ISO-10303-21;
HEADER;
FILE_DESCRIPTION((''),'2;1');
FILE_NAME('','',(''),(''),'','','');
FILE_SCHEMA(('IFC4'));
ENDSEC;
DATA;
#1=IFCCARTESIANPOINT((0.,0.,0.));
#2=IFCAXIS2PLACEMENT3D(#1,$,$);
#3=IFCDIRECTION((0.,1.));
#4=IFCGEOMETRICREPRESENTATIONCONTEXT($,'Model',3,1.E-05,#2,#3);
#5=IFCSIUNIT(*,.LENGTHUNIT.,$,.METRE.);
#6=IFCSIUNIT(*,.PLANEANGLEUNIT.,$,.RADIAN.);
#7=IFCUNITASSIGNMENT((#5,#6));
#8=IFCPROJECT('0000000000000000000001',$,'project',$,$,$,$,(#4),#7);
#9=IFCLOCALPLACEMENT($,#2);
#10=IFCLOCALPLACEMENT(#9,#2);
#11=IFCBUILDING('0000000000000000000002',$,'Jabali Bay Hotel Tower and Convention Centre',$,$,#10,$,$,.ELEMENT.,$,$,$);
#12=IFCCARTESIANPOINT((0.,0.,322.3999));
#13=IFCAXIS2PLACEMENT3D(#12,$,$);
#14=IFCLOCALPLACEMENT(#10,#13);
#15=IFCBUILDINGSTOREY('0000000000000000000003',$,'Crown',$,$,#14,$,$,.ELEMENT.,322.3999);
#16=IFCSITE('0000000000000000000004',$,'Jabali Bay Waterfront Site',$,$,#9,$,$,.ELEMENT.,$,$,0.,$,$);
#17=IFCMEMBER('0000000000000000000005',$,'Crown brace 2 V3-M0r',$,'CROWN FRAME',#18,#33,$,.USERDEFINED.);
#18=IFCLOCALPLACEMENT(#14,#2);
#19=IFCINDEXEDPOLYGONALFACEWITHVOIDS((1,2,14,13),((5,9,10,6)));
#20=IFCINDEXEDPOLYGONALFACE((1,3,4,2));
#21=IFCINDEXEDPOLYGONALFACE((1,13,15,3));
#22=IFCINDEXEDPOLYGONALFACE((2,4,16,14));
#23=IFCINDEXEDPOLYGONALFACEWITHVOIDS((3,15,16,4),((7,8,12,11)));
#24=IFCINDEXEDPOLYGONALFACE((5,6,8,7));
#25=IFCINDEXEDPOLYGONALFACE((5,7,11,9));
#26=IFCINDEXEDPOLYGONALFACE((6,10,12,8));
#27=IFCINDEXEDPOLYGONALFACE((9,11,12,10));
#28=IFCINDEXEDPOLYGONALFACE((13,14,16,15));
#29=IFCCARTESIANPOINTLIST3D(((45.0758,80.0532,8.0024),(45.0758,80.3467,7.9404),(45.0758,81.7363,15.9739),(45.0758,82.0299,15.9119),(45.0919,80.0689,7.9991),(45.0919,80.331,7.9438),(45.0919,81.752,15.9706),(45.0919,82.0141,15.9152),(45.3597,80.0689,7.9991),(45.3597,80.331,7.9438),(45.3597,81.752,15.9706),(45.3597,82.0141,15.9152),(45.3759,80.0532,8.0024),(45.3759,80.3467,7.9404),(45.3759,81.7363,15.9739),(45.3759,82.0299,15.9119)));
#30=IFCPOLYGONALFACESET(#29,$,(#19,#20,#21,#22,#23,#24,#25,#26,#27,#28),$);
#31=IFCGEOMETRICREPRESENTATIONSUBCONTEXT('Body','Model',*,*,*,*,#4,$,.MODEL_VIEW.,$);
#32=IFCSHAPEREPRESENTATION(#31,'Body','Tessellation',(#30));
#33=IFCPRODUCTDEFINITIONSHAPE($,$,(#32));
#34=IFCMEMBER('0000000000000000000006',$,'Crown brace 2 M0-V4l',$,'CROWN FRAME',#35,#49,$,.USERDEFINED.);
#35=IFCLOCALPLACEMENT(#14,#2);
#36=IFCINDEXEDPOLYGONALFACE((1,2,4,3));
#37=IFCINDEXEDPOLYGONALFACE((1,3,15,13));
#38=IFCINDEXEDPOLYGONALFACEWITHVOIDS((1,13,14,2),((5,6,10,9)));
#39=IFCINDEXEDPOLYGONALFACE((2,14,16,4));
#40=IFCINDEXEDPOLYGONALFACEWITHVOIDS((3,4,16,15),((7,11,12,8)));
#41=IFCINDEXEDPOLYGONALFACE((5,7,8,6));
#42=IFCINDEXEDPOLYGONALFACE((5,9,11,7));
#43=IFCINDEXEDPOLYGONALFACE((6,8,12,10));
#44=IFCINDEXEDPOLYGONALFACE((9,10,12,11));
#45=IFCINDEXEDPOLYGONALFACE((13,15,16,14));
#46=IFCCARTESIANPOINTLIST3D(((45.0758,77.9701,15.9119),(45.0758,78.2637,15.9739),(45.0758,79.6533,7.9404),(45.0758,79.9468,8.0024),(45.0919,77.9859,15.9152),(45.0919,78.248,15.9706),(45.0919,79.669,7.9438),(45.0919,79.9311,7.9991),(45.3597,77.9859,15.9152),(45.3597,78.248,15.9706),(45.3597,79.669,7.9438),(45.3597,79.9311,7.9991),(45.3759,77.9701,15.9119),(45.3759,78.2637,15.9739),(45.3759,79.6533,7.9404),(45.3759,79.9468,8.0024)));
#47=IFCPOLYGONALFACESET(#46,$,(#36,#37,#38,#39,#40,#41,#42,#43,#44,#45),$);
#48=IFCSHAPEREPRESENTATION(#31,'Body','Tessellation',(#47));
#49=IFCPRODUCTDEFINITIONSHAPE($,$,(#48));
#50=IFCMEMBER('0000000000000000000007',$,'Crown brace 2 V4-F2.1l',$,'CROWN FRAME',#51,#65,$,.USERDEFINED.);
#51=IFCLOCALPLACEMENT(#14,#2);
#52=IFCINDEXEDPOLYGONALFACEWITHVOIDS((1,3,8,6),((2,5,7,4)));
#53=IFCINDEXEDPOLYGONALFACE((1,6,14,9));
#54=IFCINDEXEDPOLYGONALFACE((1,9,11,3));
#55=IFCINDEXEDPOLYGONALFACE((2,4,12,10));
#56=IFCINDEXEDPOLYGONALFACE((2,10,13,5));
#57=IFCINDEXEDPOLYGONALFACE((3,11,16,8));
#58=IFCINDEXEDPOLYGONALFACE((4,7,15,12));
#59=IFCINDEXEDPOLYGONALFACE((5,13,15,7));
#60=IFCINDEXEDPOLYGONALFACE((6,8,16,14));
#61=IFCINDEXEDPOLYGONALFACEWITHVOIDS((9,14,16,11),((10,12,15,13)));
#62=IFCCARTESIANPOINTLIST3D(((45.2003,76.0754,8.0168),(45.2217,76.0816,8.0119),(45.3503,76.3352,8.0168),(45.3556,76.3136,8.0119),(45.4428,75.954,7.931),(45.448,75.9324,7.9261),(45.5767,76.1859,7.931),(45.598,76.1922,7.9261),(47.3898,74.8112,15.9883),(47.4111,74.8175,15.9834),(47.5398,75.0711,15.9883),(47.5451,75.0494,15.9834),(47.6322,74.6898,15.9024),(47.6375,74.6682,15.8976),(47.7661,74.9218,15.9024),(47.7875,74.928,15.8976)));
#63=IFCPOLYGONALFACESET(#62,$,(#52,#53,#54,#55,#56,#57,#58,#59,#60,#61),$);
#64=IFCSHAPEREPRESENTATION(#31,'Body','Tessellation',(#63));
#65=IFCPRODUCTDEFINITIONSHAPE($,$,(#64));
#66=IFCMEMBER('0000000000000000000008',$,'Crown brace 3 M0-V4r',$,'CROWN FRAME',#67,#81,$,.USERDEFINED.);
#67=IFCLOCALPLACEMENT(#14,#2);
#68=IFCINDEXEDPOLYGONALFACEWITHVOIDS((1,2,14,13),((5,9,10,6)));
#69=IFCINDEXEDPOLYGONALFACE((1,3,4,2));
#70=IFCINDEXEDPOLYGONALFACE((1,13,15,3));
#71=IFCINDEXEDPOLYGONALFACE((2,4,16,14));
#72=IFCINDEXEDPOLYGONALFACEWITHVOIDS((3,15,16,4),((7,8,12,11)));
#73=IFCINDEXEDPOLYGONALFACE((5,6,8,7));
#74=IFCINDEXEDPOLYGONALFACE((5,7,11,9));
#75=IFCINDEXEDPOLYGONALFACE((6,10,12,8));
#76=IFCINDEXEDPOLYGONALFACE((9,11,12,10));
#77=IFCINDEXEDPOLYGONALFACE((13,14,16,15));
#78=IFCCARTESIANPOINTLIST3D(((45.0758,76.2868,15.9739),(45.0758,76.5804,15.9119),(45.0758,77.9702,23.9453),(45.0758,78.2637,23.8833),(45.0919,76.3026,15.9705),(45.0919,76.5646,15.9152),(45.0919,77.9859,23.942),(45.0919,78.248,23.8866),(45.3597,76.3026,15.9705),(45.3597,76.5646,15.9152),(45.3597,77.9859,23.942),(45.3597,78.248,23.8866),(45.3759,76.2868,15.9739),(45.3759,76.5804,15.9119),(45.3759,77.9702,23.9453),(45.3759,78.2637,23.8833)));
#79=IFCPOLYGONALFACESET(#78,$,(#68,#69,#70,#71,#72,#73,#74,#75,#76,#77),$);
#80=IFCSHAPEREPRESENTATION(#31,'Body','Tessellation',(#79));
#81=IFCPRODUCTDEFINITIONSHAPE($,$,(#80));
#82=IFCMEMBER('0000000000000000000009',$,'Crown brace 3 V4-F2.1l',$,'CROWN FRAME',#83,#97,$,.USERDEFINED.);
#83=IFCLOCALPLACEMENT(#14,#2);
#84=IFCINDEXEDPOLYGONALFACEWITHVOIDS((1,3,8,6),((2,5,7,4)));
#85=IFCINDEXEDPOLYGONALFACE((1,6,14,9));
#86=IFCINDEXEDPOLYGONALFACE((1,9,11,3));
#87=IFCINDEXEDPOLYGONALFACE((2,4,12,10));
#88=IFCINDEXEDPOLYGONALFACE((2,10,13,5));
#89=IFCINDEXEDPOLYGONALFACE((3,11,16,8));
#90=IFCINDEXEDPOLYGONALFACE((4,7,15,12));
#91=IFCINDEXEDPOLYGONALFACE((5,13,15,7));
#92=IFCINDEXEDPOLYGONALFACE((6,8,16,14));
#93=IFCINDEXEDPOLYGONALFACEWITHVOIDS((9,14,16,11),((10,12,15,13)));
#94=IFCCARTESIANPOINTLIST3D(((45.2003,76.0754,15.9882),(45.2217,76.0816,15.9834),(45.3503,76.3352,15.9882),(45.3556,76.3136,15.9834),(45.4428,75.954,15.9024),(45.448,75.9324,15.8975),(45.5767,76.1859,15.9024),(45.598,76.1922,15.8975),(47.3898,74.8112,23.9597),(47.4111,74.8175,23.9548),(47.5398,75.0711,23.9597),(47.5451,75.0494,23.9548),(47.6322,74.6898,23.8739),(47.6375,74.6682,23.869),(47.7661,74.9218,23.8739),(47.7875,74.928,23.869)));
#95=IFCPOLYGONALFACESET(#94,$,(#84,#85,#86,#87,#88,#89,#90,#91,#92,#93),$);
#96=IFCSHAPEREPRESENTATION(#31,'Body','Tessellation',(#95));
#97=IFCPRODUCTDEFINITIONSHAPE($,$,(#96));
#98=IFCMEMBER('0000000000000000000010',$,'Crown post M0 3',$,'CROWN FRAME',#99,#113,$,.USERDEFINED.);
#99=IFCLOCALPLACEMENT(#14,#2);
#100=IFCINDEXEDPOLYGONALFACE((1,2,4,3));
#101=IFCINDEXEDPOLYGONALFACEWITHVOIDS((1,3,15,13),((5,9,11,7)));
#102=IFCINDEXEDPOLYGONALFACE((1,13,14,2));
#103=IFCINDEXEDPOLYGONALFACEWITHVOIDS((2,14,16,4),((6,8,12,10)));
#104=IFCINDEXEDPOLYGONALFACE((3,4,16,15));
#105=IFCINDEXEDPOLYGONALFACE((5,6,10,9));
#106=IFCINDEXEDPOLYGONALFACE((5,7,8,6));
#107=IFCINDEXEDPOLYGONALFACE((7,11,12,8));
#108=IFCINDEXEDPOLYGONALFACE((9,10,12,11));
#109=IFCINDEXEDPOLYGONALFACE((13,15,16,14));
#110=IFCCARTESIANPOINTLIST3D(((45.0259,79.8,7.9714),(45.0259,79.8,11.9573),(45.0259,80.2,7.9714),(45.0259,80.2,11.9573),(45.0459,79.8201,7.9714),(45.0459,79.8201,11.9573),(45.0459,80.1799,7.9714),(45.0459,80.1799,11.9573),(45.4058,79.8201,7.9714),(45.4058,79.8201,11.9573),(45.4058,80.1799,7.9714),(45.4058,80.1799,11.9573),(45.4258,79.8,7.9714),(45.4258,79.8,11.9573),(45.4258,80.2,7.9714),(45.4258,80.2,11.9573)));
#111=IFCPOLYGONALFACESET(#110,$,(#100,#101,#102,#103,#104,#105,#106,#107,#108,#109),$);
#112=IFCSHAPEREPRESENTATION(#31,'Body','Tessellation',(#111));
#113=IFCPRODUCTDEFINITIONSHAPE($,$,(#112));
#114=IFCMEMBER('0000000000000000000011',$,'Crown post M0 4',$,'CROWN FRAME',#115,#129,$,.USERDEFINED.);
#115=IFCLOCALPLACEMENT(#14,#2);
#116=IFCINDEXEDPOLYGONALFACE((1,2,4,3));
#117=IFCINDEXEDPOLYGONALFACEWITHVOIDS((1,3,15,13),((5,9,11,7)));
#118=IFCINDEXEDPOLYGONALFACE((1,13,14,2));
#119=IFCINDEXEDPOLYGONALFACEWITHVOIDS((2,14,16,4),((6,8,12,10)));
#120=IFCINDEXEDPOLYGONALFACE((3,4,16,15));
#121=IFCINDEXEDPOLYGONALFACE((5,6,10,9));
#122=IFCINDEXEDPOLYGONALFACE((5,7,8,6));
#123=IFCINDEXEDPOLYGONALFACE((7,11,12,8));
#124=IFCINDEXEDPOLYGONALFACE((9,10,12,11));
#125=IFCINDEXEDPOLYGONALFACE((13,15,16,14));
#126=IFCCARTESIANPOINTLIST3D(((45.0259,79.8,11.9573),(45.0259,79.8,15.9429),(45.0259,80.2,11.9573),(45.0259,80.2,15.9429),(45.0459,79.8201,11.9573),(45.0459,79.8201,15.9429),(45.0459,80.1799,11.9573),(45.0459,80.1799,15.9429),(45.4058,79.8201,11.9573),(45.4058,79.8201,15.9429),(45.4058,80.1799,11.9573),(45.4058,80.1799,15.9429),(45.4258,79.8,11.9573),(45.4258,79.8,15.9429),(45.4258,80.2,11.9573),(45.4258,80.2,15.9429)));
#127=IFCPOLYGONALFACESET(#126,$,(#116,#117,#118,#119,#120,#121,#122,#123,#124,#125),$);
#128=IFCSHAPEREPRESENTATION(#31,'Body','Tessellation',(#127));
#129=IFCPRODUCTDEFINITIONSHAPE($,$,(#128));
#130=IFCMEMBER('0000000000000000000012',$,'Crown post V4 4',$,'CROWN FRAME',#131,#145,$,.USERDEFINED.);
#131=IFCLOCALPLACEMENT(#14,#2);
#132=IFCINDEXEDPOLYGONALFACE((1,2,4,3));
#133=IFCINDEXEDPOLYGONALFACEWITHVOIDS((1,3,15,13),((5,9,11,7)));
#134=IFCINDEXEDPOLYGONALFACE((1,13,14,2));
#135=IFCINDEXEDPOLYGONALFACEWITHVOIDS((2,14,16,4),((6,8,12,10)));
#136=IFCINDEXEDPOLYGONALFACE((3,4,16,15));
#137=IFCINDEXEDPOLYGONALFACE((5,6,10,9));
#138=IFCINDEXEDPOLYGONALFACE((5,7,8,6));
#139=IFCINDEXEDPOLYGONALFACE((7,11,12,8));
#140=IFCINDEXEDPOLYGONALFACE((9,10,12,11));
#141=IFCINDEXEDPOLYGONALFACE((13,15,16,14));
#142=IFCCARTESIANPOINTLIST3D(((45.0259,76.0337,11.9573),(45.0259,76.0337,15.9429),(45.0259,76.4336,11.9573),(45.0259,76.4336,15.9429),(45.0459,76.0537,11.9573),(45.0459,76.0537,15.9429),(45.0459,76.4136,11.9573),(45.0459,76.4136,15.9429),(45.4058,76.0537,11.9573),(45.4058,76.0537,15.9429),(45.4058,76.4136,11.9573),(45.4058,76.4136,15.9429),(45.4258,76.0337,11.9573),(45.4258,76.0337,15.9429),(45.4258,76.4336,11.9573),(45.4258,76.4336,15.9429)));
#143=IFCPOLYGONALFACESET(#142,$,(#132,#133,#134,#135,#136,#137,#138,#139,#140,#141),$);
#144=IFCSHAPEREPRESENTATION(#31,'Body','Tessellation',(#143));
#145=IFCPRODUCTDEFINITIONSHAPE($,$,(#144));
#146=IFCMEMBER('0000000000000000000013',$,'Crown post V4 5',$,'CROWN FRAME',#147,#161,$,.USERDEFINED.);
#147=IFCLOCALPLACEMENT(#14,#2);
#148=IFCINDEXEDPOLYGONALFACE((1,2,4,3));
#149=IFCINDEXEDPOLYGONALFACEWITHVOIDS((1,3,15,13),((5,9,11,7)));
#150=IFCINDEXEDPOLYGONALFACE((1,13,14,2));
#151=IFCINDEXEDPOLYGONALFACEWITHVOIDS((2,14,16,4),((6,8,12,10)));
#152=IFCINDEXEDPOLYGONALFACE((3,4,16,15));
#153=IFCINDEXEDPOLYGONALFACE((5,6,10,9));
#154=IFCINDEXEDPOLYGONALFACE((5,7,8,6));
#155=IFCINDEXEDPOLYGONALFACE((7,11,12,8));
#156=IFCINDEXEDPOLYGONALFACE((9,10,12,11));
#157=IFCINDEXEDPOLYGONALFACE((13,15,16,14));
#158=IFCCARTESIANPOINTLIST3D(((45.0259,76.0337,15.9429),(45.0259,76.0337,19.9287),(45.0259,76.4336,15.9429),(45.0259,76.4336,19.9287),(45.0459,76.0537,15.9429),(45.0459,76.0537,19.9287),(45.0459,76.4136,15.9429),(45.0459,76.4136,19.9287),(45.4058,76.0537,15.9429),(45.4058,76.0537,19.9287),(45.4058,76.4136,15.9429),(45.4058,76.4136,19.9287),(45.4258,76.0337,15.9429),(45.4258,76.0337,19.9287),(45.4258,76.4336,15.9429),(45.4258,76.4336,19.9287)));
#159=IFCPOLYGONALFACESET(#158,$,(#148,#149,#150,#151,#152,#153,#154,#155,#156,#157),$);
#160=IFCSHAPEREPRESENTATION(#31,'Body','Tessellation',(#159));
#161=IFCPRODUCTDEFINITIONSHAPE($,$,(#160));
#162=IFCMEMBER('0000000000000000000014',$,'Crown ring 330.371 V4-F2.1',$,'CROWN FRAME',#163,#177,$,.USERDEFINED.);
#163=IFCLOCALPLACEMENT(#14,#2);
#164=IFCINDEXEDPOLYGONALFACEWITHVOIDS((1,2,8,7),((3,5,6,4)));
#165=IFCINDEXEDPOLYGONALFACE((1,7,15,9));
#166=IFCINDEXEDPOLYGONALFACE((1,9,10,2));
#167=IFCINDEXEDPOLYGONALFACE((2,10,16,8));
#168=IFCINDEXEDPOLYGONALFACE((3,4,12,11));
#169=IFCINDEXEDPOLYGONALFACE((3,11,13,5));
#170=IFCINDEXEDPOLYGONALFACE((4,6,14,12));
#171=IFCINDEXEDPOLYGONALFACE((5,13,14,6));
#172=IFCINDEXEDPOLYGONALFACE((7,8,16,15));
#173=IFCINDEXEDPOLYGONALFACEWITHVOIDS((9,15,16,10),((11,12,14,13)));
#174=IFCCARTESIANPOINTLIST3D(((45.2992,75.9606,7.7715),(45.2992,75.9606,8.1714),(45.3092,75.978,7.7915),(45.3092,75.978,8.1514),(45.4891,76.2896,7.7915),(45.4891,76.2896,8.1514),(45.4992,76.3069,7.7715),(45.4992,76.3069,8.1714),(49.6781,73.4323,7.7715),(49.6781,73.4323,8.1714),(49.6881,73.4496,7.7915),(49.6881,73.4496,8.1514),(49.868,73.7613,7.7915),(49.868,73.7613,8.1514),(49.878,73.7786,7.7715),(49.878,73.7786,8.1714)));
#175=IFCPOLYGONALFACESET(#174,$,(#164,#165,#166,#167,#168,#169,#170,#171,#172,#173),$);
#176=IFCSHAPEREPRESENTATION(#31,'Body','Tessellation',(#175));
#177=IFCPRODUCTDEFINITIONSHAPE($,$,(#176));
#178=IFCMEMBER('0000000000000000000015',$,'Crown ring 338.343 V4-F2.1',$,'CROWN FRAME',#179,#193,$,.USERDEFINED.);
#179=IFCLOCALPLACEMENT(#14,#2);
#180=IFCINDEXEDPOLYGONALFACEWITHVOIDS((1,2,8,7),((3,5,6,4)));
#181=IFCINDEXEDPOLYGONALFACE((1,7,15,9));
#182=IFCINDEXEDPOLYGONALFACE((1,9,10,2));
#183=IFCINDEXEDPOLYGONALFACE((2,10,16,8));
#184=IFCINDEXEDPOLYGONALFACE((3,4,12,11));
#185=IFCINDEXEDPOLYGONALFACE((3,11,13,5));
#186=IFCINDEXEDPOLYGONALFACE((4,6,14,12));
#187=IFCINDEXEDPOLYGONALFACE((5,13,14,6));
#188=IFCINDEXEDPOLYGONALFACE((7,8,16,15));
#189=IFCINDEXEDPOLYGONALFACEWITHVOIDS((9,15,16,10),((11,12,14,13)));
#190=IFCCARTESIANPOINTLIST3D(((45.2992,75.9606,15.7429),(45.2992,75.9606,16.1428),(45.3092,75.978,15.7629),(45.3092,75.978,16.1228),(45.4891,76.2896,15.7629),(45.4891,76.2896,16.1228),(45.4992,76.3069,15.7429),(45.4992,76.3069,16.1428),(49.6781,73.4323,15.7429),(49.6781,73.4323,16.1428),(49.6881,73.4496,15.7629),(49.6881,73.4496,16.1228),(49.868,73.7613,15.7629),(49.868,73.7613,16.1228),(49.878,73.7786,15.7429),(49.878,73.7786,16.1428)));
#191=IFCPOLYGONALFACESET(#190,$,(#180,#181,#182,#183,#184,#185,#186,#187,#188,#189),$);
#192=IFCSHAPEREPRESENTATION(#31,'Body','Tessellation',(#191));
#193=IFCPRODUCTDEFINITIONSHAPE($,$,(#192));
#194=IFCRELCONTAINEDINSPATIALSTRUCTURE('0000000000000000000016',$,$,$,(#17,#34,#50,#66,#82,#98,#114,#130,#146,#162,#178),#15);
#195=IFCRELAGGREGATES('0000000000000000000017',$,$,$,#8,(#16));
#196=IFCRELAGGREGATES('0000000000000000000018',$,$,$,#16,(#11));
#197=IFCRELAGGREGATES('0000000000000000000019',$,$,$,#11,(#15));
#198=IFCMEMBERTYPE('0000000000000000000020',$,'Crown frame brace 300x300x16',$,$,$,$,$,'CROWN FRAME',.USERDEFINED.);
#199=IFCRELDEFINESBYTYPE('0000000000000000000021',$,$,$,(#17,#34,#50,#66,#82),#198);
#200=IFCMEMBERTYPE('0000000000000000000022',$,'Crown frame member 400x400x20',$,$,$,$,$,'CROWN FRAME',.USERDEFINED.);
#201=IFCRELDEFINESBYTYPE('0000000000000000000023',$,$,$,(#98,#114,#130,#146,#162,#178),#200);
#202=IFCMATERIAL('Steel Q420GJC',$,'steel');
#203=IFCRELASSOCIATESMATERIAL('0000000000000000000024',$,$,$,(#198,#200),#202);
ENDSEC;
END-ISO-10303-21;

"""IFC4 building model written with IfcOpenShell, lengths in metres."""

from ifc_helpers import new_model, si_unit, direction, frame, origin, origin_2d, place, context, subcontext, project, spatial, hollow_rectangle, extrude, material, material_profile, profile_set, type_object, element, save


model = new_model("IFC4")

# Units and contexts
model_context = context("Model", 3, precision=1e-05, world=origin(), true_north=direction((0.0, 1.0)))
body_context = subcontext(model_context, "Body", "Model", "MODEL_VIEW")
ifc_project = project(units=[si_unit("LENGTHUNIT", "METRE"), si_unit("PLANEANGLEUNIT", "RADIAN")], contexts=[model_context])

# Site, building, storey
site_placement = place(None, origin())
site = spatial("IfcSite", under=ifc_project, at=site_placement, Name="Jabali Bay Waterfront Site", CompositionType="ELEMENT", RefElevation=0.0)
building_placement = place(site_placement, origin())
building = spatial("IfcBuilding", under=site, at=building_placement, Name="Jabali Bay Hotel Tower and Convention Centre", CompositionType="ELEMENT")
storey_placement = place(building_placement, frame((0.0, 0.0, 322.3999)))
storey = spatial("IfcBuildingStorey", under=building, at=storey_placement, Name="Crown", CompositionType="ELEMENT", Elevation=322.3999)

# Members
ifc_material_1 = material(Name="Steel Q420GJC", Category="steel")
ifc_material_profile_1 = material_profile(ifc_material_1, hollow_rectangle(XDim=0.3, YDim=0.3, WallThickness=0.0161, at=origin_2d()), Name="Crown frame brace 300x300x16")
ifc_profile_set_1 = profile_set([ifc_material_profile_1], Name="Steel Q420GJC")
member_type_1 = type_object("IfcMemberType", Name="Crown frame brace 300x300x16", ElementType="CROWN FRAME", PredefinedType="USERDEFINED", material=ifc_profile_set_1)
for number, where, z_axis, x_axis, name in (
    (1, (45.2258, 80.2, 7.9714), (0.0, 0.206587, 0.978428), (-1.0, 0.0, 0.0), "Crown brace 2 V3-M0r"),
    (2, (45.2258, 79.8, 7.9714), (0.0, -0.206587, 0.978428), (1.0, 0.0, 0.0), "Crown brace 2 M0-V4l"),
):
    element("IfcMember", number, at=place(storey_placement, frame(where, z_axis=z_axis, x_axis=x_axis)), inside=storey, type_object=member_type_1, Name=name, ObjectType="CROWN FRAME", PredefinedType="USERDEFINED", context=body_context, shape_type="SweptSolid", body=[
        extrude(hollow_rectangle(XDim=0.3, YDim=0.3, WallThickness=0.0161, at=origin_2d()), origin(), (0.0, 0.0, 1.0), 8.1472),
    ])
member_1_placement = place(storey_placement, frame((45.3992, 76.1338, 7.9714), z_axis=(0.26181, -0.151166, 0.953207), x_axis=(0.500023, 0.866012, 0.0)))
element("IfcMember", 3, at=member_1_placement, inside=storey, type_object=member_type_1, Name="Crown brace 2 V4-F2.1l", ObjectType="CROWN FRAME", PredefinedType="USERDEFINED", context=body_context, shape_type="SweptSolid", body=[
    extrude(hollow_rectangle(XDim=0.3, YDim=0.3, WallThickness=0.0161, at=origin_2d()), origin(), (0.0, 0.0, 1.0), 8.3628),
])
member_2_placement = place(storey_placement, frame((45.2258, 76.4336, 15.9429), z_axis=(0.0, 0.206616, 0.978422), x_axis=(-1.0, 0.0, 0.0)))
element("IfcMember", 4, at=member_2_placement, inside=storey, type_object=member_type_1, Name="Crown brace 3 M0-V4r", ObjectType="CROWN FRAME", PredefinedType="USERDEFINED", context=body_context, shape_type="SweptSolid", body=[
    extrude(hollow_rectangle(XDim=0.3, YDim=0.3, WallThickness=0.0161, at=origin_2d()), origin(), (0.0, 0.0, 1.0), 8.1472),
])
member_3_placement = place(storey_placement, frame((45.3992, 76.1338, 15.9429), z_axis=(0.26181, -0.151166, 0.953207), x_axis=(0.500023, 0.866012, 0.0)))
element("IfcMember", 5, at=member_3_placement, inside=storey, type_object=member_type_1, Name="Crown brace 3 V4-F2.1l", ObjectType="CROWN FRAME", PredefinedType="USERDEFINED", context=body_context, shape_type="SweptSolid", body=[
    extrude(hollow_rectangle(XDim=0.3, YDim=0.3, WallThickness=0.0161, at=origin_2d()), origin(), (0.0, 0.0, 1.0), 8.3628),
])
ifc_material_profile_2 = material_profile(ifc_material_1, hollow_rectangle(XDim=0.3999, YDim=0.3999, WallThickness=0.02, at=origin_2d()), Name="Crown frame member 400x400x20")
ifc_profile_set_2 = profile_set([ifc_material_profile_2], Name="Steel Q420GJC")
member_type_2 = type_object("IfcMemberType", Name="Crown frame member 400x400x20", ElementType="CROWN FRAME", PredefinedType="USERDEFINED", material=ifc_profile_set_2)
member_4_placement = place(storey_placement, frame((45.2258, 80.0, 7.9714), z_axis=(0.0, 0.0, 1.0), x_axis=(1.0, 0.0, 0.0)))
element("IfcMember", 6, at=member_4_placement, inside=storey, type_object=member_type_2, Name="Crown post M0 3", ObjectType="CROWN FRAME", PredefinedType="USERDEFINED", context=body_context, shape_type="SweptSolid", body=[
    extrude(hollow_rectangle(XDim=0.3999, YDim=0.3999, WallThickness=0.02, at=origin_2d()), origin(), (0.0, 0.0, 1.0), 3.9858),
])
for number, where, z_axis, x_axis, name in (
    (7, (45.2258, 80.0, 11.9573), (0.0, 0.0, 1.0), (1.0, 0.0, 0.0), "Crown post M0 4"),
    (8, (45.2258, 76.2336, 11.9573), (0.0, 0.0, 1.0), (1.0, 0.0, 0.0), "Crown post V4 4"),
):
    element("IfcMember", number, at=place(storey_placement, frame(where, z_axis=z_axis, x_axis=x_axis)), inside=storey, type_object=member_type_2, Name=name, ObjectType="CROWN FRAME", PredefinedType="USERDEFINED", context=body_context, shape_type="SweptSolid", body=[
        extrude(hollow_rectangle(XDim=0.3999, YDim=0.3999, WallThickness=0.02, at=origin_2d()), origin(), (0.0, 0.0, 1.0), 3.9856),
    ])
member_5_placement = place(storey_placement, frame((45.2258, 76.2336, 15.9429), z_axis=(0.0, 0.0, 1.0), x_axis=(1.0, 0.0, 0.0)))
element("IfcMember", 9, at=member_5_placement, inside=storey, type_object=member_type_2, Name="Crown post V4 5", ObjectType="CROWN FRAME", PredefinedType="USERDEFINED", context=body_context, shape_type="SweptSolid", body=[
    extrude(hollow_rectangle(XDim=0.3999, YDim=0.3999, WallThickness=0.02, at=origin_2d()), origin(), (0.0, 0.0, 1.0), 3.9858),
])
for number, where, z_axis, x_axis, name in (
    (10, (45.3992, 76.1338, 7.9714), (0.866012, -0.500023, 0.0), (0.500023, 0.866012, 0.0), "Crown ring 330.371 V4-F2.1"),
    (11, (45.3992, 76.1338, 15.9429), (0.866012, -0.500023, 0.0), (0.500023, 0.866012, 0.0), "Crown ring 338.343 V4-F2.1"),
):
    element("IfcMember", number, at=place(storey_placement, frame(where, z_axis=z_axis, x_axis=x_axis)), inside=storey, type_object=member_type_2, Name=name, ObjectType="CROWN FRAME", PredefinedType="USERDEFINED", context=body_context, shape_type="SweptSolid", body=[
        extrude(hollow_rectangle(XDim=0.3999, YDim=0.3999, WallThickness=0.02, at=origin_2d()), origin(), (0.0, 0.0, 1.0), 5.0564),
    ])

save(model, "model.ifc")
